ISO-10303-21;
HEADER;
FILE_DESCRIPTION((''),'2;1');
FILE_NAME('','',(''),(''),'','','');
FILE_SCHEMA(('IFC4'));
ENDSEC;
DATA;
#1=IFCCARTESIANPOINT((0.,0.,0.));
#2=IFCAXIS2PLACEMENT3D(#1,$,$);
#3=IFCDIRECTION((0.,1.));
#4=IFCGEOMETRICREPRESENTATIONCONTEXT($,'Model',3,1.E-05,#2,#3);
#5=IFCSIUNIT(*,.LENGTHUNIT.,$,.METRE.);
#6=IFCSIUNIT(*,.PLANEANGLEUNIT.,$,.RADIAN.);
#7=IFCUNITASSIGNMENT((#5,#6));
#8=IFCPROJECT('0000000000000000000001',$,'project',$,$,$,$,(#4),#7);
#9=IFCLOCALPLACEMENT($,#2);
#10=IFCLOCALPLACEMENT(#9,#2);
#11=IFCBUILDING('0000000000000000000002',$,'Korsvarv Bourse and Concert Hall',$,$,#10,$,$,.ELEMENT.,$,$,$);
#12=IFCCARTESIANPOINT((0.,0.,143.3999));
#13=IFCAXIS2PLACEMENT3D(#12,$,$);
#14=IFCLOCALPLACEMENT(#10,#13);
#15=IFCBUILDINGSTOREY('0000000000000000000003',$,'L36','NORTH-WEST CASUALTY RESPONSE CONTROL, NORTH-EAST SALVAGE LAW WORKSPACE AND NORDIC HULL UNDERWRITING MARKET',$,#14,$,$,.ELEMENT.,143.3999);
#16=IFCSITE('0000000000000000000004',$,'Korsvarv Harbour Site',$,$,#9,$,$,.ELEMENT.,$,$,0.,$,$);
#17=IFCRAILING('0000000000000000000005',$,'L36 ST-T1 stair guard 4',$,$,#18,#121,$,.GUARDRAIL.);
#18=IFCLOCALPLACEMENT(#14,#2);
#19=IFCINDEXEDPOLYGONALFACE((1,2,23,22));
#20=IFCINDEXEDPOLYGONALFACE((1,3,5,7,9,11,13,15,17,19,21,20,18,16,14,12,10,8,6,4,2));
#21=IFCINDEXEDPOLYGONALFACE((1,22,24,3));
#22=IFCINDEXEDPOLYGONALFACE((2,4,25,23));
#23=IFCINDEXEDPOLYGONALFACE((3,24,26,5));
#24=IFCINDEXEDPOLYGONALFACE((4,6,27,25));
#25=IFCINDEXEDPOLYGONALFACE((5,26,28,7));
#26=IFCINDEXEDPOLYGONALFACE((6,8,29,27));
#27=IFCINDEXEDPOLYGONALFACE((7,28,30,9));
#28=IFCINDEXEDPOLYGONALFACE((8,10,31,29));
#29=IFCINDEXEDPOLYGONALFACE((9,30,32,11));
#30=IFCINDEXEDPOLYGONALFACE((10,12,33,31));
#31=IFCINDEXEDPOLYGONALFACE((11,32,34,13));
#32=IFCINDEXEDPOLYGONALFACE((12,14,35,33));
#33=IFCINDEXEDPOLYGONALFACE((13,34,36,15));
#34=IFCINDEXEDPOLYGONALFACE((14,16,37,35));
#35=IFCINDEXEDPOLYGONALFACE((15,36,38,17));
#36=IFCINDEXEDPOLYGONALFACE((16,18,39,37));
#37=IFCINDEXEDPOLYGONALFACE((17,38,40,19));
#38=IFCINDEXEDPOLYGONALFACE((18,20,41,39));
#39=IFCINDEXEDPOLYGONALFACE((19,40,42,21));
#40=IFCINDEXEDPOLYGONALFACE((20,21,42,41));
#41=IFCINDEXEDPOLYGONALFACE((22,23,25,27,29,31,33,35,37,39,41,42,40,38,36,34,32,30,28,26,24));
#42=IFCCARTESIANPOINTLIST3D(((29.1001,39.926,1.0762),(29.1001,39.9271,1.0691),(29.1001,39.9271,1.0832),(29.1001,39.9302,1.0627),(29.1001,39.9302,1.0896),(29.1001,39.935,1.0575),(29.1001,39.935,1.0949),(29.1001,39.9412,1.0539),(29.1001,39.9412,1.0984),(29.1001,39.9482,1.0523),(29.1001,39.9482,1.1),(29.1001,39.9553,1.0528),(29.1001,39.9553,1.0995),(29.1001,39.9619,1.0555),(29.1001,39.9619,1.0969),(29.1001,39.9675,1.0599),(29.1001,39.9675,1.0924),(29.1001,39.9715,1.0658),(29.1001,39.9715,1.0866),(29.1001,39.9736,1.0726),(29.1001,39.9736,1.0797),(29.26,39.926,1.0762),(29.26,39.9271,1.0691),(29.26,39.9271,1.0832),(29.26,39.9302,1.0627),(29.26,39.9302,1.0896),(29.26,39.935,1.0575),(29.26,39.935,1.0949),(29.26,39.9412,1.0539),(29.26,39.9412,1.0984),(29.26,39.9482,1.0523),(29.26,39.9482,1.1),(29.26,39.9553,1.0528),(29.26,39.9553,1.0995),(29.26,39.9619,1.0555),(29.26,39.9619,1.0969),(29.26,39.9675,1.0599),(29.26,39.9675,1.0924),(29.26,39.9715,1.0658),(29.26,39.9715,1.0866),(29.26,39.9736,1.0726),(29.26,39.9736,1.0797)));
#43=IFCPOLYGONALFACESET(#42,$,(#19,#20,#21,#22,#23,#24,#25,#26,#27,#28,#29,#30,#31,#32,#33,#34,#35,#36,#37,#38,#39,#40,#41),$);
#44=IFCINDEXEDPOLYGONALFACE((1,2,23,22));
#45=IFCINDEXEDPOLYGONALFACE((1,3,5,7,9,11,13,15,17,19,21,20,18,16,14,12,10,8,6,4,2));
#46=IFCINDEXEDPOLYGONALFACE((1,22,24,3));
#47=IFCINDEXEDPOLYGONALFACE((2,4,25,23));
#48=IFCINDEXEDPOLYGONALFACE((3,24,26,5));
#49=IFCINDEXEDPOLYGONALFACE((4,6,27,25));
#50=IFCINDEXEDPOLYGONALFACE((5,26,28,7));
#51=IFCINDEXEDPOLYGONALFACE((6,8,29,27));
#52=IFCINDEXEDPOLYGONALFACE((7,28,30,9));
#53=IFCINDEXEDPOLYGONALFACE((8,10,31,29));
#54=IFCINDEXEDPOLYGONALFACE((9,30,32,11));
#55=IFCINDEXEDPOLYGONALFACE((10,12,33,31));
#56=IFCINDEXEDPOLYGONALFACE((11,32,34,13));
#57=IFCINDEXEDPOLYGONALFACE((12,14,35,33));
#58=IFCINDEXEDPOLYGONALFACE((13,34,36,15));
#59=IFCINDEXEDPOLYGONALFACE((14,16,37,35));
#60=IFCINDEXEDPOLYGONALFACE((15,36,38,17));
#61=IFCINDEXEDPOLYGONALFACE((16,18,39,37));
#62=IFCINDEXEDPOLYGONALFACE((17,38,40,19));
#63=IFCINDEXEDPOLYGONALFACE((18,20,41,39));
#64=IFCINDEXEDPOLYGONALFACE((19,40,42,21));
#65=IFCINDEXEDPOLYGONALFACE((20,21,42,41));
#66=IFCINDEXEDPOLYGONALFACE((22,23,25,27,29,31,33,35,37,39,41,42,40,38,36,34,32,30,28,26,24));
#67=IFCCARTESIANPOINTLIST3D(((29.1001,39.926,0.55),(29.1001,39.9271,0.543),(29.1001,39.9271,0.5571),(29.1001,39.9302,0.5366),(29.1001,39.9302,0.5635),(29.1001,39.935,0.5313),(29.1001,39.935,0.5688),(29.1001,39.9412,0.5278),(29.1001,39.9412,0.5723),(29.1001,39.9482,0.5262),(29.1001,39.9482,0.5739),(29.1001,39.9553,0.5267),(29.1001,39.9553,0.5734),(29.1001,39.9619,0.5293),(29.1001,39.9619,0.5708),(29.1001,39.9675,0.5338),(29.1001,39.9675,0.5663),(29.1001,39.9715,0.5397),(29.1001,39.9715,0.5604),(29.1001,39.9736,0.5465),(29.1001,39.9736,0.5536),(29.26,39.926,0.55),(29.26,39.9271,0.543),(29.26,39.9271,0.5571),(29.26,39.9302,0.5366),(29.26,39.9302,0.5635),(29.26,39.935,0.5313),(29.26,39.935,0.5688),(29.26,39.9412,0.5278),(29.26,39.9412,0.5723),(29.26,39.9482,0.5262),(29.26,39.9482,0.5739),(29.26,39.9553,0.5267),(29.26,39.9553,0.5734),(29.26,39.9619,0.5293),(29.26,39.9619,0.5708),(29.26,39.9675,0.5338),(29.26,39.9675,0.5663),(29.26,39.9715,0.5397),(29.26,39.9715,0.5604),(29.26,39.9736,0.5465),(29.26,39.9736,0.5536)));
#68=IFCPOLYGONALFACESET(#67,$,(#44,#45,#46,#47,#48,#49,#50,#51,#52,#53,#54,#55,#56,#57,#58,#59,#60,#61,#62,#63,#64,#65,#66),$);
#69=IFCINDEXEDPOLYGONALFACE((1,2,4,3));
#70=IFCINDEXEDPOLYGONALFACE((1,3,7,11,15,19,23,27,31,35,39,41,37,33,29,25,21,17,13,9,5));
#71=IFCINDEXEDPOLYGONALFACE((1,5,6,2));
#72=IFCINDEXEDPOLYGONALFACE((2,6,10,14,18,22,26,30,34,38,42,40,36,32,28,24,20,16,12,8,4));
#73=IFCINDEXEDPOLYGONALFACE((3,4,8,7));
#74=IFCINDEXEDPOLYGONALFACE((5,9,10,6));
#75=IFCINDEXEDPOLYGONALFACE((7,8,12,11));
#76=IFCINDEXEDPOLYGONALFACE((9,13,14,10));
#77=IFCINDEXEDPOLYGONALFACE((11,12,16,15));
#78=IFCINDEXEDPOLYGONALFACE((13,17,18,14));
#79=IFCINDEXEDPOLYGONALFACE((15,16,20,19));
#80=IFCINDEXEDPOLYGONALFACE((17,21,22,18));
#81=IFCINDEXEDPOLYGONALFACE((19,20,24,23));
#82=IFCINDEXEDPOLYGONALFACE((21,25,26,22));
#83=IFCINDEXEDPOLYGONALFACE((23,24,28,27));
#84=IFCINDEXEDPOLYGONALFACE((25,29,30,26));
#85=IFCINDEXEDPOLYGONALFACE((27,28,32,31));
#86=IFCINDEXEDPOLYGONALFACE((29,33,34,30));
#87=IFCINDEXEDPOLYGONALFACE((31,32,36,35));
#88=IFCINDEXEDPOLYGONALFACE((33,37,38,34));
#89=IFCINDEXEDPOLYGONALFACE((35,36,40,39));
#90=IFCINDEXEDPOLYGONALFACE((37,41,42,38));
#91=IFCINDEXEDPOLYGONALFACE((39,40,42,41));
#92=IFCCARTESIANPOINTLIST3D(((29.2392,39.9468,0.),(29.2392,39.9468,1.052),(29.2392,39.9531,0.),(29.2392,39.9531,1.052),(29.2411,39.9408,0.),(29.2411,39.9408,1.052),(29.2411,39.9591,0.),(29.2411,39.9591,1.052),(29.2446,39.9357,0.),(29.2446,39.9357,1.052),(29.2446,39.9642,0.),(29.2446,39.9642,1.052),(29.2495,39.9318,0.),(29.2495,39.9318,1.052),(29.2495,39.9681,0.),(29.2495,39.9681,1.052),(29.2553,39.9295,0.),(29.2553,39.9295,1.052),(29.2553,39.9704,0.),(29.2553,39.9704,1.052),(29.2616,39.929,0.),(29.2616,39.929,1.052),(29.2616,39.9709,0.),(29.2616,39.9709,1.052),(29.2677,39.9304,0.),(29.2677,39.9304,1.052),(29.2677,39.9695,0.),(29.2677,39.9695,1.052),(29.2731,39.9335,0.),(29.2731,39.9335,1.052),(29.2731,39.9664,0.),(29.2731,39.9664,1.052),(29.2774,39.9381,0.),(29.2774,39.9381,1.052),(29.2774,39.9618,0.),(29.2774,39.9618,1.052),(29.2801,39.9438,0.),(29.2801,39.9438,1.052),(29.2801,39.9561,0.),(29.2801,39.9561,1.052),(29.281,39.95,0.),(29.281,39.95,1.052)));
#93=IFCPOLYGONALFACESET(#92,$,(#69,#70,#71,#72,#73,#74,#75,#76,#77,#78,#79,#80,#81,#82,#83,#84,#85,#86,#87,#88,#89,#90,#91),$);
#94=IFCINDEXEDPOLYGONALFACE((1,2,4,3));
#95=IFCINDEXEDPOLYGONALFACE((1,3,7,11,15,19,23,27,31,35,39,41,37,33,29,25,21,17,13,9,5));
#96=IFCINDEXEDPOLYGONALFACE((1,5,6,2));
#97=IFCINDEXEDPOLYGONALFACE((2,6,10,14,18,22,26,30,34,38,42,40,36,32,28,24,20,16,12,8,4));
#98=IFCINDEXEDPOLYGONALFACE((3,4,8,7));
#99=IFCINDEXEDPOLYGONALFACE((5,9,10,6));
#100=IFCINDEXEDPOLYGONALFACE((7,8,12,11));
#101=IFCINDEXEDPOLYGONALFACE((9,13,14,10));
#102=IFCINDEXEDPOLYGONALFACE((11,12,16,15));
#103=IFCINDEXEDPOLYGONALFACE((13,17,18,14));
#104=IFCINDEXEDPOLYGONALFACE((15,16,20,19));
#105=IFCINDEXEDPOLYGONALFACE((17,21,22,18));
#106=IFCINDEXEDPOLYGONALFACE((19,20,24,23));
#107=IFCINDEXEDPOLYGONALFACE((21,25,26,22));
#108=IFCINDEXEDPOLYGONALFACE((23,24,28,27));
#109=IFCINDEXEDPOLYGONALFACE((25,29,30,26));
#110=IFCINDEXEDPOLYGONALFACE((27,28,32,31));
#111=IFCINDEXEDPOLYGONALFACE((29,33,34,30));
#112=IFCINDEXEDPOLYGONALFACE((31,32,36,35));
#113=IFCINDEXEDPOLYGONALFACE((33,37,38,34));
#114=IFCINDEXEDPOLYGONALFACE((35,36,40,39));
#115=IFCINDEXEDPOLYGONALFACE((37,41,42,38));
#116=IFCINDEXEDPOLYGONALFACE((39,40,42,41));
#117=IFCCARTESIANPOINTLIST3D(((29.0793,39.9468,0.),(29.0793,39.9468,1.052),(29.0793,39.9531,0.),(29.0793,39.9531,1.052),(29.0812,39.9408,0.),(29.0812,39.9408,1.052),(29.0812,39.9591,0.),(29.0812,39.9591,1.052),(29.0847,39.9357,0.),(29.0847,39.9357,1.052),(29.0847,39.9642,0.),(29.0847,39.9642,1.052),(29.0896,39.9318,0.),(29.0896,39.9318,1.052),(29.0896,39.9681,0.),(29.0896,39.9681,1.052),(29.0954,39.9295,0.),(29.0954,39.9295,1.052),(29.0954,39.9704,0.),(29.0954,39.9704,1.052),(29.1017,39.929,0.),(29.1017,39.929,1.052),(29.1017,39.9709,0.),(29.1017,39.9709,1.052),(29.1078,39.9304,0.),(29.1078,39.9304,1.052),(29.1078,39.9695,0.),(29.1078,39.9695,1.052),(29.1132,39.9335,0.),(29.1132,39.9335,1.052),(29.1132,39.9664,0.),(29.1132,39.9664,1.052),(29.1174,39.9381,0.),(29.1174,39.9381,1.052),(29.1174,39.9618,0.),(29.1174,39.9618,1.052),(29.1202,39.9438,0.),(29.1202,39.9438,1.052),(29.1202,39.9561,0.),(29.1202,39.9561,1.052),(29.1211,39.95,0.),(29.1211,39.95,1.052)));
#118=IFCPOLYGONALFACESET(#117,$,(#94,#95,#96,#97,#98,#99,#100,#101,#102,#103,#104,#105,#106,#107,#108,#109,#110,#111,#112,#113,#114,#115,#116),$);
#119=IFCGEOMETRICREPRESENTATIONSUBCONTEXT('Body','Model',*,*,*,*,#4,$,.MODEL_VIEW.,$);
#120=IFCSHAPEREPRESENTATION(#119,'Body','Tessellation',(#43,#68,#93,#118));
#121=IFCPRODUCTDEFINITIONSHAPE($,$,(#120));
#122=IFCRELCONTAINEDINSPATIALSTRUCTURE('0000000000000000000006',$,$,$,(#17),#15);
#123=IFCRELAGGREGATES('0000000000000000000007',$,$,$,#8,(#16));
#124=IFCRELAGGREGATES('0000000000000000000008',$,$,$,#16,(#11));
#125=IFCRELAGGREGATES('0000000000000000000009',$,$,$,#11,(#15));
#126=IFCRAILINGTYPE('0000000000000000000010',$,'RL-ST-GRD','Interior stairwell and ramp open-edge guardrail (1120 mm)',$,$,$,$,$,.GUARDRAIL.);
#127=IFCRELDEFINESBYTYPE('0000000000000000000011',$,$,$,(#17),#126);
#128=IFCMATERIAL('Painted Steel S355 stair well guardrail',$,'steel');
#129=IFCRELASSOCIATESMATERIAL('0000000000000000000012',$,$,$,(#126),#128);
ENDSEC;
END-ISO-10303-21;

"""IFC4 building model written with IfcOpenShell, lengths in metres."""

from ifc_helpers import new_model, si_unit, direction, frame, origin, origin_2d, place, context, subcontext, project, spatial, circle, extrude, material, type_object, element, save


model = new_model("IFC4")

# Units and contexts
model_context = context("Model", 3, precision=1e-05, world=origin(), true_north=direction((0.0, 1.0)))
body_context = subcontext(model_context, "Body", "Model", "MODEL_VIEW")
ifc_project = project(units=[si_unit("LENGTHUNIT", "METRE"), si_unit("PLANEANGLEUNIT", "RADIAN")], contexts=[model_context])

# Site, building, storey
site_placement = place(None, origin())
site = spatial("IfcSite", under=ifc_project, at=site_placement, Name="Korsvarv Harbour Site", CompositionType="ELEMENT", RefElevation=0.0)
building_placement = place(site_placement, origin())
building = spatial("IfcBuilding", under=site, at=building_placement, Name="Korsvarv Bourse and Concert Hall", CompositionType="ELEMENT")
storey_placement = place(building_placement, frame((0.0, 0.0, 143.3999)))
storey = spatial("IfcBuildingStorey", under=building, at=storey_placement, Name="L36", Description="NORTH-WEST CASUALTY RESPONSE CONTROL, NORTH-EAST SALVAGE LAW WORKSPACE AND NORDIC HULL UNDERWRITING MARKET", CompositionType="ELEMENT", Elevation=143.3999)

# Railing
ifc_material_1 = material(Name="Painted Steel S355 stair well guardrail", Category="steel")
railing_type_1 = type_object("IfcRailingType", Name="RL-ST-GRD", Description="Interior stairwell and ramp open-edge guardrail (1120 mm)", PredefinedType="GUARDRAIL", material=ifc_material_1)
railing_1_placement = place(storey_placement, frame((29.26, 39.95, 0.0)))
element("IfcRailing", 1, at=railing_1_placement, inside=storey, type_object=railing_type_1, Name="L36 ST-T1 stair guard 4", PredefinedType="GUARDRAIL", context=body_context, shape_type="SweptSolid", body=[
    extrude(circle(Radius=0.0239, at=origin_2d()), frame((0.0, 0.0, 1.0762), z_axis=(-1.0, 0.0, 0.0), x_axis=(0.0, -1.0, 0.0)), (0.0, 0.0, 1.0), 0.1599),
    extrude(circle(Radius=0.0239, at=origin_2d()), frame((0.0, 0.0, 0.55), z_axis=(-1.0, 0.0, 0.0), x_axis=(0.0, -1.0, 0.0)), (0.0, 0.0, 1.0), 0.1599),
    extrude(circle(Radius=0.021, at=origin_2d()), origin(), (0.0, 0.0, 1.0), 1.052),
    extrude(circle(Radius=0.021, at=origin_2d()), frame((-0.1599, 0.0, 0.0)), (0.0, 0.0, 1.0), 1.052),
])

save(model, "model.ifc")
